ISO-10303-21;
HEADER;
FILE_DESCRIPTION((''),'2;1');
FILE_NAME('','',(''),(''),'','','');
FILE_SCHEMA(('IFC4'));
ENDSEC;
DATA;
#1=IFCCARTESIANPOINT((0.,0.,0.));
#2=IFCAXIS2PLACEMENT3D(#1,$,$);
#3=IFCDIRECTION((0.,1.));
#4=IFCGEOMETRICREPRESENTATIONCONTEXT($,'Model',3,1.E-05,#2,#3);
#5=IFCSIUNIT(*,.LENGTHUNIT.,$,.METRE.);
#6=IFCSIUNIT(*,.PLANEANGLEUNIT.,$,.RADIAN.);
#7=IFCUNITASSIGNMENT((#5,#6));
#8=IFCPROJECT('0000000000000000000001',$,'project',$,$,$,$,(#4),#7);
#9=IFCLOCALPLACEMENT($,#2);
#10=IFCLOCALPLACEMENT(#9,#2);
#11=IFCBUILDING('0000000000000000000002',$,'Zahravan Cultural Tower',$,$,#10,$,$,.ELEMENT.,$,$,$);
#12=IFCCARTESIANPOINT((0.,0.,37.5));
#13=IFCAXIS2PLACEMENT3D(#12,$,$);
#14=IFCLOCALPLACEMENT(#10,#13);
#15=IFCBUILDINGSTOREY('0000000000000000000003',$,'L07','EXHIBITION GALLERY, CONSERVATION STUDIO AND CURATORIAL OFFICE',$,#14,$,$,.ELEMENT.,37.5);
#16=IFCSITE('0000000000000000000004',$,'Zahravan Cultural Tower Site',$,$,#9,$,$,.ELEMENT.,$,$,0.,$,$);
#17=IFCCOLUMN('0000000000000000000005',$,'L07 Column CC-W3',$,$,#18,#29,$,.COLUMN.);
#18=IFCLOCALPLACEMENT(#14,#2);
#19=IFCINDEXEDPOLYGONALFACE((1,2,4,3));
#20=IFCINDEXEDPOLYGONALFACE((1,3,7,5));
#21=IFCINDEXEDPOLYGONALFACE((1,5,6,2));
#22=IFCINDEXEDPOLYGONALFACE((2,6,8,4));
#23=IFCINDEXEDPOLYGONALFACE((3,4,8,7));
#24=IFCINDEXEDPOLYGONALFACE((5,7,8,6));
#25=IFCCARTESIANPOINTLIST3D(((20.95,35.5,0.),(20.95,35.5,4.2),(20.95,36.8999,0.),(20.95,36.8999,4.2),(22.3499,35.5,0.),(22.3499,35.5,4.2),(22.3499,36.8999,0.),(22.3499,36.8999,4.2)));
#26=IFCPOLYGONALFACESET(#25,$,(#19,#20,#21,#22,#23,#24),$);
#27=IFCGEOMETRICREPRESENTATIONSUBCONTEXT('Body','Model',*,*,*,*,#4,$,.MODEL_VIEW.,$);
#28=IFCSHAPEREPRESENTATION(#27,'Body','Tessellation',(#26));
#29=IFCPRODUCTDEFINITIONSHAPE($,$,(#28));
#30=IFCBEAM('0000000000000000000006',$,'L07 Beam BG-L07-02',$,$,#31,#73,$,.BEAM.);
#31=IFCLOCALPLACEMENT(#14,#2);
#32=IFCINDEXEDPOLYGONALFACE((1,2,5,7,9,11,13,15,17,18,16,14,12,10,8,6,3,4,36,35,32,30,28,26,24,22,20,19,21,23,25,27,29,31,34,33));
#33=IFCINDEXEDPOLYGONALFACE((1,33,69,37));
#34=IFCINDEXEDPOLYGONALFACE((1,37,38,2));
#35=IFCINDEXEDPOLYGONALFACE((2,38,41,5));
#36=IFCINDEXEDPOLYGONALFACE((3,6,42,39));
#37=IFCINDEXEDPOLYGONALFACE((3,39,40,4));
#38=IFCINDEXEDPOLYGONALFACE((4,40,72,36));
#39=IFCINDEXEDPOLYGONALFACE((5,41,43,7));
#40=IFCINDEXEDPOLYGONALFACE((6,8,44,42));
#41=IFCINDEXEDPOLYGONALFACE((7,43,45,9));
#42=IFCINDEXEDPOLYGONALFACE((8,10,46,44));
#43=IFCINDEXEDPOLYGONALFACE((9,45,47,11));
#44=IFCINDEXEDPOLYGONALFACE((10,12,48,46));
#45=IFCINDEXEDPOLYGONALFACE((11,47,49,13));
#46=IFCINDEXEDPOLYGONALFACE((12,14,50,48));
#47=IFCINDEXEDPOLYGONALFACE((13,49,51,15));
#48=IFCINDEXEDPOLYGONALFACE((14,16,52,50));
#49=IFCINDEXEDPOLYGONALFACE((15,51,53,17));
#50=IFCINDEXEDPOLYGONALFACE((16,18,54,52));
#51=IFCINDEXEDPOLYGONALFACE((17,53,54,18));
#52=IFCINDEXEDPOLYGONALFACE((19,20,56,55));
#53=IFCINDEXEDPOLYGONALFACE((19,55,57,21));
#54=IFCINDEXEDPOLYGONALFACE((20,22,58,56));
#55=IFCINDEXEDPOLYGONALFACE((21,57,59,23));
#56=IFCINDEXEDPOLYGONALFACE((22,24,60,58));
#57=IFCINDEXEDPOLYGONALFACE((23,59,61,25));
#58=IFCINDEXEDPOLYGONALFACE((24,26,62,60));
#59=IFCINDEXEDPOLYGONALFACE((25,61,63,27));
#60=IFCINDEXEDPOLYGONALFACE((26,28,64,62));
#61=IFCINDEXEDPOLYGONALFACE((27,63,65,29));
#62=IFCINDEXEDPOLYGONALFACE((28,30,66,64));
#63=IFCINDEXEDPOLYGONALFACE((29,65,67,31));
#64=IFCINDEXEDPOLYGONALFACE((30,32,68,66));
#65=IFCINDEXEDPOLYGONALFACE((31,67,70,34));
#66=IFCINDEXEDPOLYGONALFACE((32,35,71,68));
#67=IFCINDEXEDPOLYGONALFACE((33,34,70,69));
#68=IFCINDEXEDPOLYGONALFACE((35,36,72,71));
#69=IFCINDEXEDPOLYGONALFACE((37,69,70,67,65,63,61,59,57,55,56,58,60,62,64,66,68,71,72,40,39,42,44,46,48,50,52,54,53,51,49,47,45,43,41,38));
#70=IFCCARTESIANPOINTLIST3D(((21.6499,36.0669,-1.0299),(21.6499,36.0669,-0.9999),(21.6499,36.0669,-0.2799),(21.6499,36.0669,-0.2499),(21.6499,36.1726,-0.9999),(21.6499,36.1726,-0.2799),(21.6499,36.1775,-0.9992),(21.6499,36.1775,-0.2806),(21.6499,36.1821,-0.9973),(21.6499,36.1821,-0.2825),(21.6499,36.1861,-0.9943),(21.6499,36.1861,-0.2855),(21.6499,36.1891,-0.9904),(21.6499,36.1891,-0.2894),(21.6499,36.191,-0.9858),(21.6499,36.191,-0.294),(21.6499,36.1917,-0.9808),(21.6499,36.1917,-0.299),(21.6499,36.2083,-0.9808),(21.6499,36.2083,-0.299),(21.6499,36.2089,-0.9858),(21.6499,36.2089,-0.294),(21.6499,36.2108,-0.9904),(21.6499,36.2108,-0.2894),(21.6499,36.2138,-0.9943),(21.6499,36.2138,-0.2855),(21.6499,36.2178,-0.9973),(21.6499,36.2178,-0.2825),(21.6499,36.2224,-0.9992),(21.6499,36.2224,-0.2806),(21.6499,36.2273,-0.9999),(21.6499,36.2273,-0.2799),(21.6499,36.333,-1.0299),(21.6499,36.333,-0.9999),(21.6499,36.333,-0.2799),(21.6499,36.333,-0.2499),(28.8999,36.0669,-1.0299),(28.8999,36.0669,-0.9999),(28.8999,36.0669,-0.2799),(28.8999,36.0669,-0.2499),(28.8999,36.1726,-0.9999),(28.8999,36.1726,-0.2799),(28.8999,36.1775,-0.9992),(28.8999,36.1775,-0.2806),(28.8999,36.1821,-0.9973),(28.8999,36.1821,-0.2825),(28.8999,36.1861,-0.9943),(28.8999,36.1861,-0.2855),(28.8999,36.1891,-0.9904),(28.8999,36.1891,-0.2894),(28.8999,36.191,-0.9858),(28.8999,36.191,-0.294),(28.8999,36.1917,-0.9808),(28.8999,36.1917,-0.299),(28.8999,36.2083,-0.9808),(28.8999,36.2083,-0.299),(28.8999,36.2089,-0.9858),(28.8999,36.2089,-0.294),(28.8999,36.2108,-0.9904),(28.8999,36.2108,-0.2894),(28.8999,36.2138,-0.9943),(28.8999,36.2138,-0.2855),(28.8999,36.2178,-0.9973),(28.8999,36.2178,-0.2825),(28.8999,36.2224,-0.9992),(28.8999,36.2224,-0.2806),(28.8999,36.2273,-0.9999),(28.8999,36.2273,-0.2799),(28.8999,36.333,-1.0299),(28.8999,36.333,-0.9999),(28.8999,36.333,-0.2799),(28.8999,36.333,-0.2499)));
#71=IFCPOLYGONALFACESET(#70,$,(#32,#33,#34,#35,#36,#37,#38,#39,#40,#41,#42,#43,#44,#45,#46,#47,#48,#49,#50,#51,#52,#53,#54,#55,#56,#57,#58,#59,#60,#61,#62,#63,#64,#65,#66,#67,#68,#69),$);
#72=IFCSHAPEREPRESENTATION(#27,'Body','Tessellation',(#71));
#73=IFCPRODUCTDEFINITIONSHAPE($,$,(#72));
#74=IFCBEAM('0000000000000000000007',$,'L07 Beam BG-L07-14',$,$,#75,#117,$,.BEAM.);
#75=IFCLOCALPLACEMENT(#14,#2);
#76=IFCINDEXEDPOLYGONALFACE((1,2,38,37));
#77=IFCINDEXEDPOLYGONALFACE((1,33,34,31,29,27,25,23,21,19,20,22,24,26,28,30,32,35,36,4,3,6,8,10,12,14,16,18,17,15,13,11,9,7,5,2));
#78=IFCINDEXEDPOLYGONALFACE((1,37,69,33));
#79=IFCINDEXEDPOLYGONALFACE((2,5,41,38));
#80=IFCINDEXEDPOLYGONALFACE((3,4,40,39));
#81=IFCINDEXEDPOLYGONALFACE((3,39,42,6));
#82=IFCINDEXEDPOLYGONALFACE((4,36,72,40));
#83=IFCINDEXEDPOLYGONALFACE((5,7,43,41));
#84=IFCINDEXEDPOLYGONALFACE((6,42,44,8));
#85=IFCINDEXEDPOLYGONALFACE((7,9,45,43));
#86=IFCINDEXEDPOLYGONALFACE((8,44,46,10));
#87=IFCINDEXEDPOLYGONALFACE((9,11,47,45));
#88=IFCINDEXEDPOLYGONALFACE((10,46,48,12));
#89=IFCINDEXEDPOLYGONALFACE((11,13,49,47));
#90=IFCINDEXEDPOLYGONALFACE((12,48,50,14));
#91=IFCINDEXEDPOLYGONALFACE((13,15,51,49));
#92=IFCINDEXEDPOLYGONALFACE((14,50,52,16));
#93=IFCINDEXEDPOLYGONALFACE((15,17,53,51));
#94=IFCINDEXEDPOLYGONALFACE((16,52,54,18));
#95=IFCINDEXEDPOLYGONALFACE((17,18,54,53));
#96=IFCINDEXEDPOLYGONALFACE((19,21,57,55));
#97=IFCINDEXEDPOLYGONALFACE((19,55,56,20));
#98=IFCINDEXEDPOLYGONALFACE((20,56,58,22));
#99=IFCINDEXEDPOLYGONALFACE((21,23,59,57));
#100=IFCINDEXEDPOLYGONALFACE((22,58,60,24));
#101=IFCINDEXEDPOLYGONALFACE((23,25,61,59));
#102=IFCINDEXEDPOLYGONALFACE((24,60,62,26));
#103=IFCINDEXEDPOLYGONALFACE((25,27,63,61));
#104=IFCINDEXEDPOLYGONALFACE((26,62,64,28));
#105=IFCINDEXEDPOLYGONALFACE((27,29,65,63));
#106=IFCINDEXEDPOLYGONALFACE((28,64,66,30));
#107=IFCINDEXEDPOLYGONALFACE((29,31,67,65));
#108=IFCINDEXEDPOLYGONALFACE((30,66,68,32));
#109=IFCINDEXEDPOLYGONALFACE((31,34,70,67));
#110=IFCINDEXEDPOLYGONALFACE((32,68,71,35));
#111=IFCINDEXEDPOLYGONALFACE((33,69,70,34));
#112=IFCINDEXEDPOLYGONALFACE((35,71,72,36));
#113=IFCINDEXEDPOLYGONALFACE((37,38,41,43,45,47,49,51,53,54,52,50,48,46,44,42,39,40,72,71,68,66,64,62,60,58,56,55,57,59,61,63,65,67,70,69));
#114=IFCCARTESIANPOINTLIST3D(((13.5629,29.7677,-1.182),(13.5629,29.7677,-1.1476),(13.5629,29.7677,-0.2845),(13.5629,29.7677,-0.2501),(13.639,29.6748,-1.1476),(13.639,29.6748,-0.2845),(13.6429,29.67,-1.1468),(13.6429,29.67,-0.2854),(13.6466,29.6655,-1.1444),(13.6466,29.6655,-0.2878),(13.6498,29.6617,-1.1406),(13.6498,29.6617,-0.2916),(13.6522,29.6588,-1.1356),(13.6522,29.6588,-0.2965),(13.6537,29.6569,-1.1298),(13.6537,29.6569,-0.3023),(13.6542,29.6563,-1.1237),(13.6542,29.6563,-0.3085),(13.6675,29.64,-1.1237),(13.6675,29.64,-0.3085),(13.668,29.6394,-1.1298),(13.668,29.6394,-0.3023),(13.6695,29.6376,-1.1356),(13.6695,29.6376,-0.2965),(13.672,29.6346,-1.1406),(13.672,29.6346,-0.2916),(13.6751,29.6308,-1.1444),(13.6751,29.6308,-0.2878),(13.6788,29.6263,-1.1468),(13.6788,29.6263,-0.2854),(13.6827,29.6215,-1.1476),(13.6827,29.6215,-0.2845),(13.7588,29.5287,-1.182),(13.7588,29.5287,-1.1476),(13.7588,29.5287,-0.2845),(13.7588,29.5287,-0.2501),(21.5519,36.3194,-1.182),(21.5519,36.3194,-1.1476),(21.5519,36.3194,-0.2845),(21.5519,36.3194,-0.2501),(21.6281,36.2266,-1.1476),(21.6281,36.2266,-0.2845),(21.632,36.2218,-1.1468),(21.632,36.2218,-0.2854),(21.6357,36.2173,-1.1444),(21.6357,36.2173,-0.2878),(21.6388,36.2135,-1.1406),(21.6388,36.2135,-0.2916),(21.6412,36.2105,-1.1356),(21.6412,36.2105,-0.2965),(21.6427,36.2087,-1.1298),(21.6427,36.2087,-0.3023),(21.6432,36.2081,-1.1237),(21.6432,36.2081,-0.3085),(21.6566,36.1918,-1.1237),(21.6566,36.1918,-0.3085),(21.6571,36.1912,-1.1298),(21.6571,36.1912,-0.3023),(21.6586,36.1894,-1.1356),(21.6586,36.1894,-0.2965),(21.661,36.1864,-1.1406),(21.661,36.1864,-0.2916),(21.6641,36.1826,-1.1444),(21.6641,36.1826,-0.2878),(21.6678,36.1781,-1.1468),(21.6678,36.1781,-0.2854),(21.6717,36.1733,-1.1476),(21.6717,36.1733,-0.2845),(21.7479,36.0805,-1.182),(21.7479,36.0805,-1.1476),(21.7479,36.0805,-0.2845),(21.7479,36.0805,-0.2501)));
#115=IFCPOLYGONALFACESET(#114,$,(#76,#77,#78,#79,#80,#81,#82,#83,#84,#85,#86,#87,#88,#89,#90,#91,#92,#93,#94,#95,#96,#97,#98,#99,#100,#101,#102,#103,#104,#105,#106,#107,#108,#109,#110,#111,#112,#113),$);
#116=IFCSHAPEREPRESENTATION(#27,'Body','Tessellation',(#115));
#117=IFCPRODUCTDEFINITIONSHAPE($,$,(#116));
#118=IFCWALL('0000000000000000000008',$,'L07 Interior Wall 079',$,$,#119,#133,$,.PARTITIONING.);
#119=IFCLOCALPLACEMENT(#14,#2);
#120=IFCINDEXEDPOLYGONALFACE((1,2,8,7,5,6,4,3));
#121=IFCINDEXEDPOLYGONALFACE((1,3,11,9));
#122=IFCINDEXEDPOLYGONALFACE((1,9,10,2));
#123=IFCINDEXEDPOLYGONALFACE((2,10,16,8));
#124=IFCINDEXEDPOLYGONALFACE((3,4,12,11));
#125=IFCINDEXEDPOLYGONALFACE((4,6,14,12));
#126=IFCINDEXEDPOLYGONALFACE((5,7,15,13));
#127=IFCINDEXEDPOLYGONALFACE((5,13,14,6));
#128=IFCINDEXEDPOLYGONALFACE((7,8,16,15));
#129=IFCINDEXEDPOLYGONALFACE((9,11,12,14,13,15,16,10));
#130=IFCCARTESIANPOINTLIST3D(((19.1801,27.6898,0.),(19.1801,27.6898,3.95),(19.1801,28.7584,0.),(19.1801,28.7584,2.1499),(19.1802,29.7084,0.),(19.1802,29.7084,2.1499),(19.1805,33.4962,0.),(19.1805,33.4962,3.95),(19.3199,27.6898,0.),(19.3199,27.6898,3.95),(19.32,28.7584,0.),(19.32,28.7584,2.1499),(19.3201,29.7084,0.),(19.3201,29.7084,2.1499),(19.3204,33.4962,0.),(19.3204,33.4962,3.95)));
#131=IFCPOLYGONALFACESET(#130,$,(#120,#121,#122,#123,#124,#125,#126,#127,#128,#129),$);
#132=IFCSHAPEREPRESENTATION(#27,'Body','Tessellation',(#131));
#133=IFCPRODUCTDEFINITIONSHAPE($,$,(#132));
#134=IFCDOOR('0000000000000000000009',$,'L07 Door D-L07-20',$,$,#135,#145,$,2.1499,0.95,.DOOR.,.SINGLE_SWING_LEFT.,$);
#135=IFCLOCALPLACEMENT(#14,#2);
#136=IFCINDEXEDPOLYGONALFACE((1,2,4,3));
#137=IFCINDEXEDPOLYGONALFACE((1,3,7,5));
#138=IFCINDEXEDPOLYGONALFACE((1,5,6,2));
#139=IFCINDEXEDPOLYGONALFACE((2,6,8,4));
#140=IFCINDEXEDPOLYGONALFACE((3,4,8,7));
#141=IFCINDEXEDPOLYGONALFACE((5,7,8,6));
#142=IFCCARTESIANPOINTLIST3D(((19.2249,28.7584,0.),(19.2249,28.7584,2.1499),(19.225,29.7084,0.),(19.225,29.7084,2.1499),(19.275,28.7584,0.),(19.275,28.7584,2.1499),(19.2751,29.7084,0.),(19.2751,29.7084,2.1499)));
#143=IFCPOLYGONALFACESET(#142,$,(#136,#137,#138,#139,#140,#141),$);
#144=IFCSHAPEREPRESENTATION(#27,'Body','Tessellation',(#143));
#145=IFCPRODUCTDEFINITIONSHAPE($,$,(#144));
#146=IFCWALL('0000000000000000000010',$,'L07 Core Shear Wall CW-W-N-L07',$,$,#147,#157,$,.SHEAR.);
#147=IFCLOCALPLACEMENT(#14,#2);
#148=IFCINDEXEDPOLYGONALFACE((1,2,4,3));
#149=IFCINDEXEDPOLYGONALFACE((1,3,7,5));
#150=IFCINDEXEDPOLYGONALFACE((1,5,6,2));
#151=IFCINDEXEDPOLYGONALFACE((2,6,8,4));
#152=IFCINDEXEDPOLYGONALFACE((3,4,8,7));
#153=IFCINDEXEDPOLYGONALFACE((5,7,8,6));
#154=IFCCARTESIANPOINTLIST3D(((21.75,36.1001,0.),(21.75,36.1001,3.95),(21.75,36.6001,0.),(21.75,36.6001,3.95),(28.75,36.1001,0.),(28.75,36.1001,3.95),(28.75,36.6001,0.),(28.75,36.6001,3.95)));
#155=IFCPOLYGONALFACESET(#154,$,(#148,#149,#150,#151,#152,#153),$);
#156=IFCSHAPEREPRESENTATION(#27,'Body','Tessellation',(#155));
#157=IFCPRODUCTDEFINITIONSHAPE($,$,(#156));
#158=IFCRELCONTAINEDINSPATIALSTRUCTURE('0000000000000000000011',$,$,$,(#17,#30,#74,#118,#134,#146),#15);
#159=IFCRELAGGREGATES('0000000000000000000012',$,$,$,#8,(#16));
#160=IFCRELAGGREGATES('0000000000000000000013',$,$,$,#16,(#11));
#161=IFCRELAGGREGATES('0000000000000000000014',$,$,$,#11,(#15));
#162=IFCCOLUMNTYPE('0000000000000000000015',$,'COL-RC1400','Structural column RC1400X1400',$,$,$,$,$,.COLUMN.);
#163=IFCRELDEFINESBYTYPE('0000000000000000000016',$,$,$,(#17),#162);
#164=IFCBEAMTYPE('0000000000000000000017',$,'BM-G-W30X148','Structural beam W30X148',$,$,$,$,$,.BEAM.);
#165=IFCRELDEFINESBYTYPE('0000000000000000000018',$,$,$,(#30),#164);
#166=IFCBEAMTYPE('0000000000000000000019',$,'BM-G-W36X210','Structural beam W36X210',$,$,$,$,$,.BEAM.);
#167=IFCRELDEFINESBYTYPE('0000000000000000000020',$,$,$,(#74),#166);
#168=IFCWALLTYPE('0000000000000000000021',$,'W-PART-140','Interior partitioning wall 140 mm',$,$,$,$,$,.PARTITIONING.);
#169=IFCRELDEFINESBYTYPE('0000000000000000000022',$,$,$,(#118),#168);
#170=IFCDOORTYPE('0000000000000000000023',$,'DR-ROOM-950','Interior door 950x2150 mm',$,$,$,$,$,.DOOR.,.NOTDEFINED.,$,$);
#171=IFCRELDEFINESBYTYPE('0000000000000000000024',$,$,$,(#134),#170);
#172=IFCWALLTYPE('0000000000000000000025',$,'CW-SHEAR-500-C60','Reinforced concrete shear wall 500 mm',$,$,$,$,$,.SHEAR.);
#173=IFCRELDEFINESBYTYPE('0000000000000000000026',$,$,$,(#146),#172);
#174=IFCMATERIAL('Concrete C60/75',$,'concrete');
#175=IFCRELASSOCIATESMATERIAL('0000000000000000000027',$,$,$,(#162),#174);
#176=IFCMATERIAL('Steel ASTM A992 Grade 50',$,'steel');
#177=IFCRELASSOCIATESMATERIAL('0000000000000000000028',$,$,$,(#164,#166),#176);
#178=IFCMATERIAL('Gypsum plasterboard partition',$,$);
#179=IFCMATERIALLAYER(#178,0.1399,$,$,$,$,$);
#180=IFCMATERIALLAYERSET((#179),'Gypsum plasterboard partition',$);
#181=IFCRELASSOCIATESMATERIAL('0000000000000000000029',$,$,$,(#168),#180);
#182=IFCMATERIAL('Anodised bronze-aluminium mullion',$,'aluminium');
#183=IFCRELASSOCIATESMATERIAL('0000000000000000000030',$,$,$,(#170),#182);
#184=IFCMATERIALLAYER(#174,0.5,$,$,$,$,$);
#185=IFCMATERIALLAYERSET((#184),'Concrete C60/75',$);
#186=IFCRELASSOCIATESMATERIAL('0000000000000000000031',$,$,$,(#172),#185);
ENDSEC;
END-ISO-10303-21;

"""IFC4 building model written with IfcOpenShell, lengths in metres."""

from ifc_helpers import new_model, si_unit, direction, frame, frame_2d, origin, origin_2d, place, context, subcontext, project, spatial, rectangle, i_section, extrude, source, transform, mapped, material, layer, layer_set, material_profile, profile_set, type_object, element, fill, save


model = new_model("IFC4")

# Units and contexts
model_context = context("Model", 3, precision=1e-05, world=origin(), true_north=direction((0.0, 1.0)))
body_context = subcontext(model_context, "Body", "Model", "MODEL_VIEW")
ifc_project = project(units=[si_unit("LENGTHUNIT", "METRE"), si_unit("PLANEANGLEUNIT", "RADIAN")], contexts=[model_context])

# Site, building, storey
site_placement = place(None, origin())
site = spatial("IfcSite", under=ifc_project, at=site_placement, Name="Zahravan Cultural Tower Site", CompositionType="ELEMENT", RefElevation=0.0)
building_placement = place(site_placement, origin())
building = spatial("IfcBuilding", under=site, at=building_placement, Name="Zahravan Cultural Tower", CompositionType="ELEMENT")
storey_placement = place(building_placement, frame((0.0, 0.0, 37.5)))
storey = spatial("IfcBuildingStorey", under=building, at=storey_placement, Name="L07", Description="EXHIBITION GALLERY, CONSERVATION STUDIO AND CURATORIAL OFFICE", CompositionType="ELEMENT", Elevation=37.5)

# Column
ifc_material_1 = material(Name="Concrete C60/75", Category="concrete")
ifc_material_profile_1 = material_profile(ifc_material_1, rectangle(XDim=1.3999, YDim=1.3999, at=origin_2d()), Name="RC1400X1400")
ifc_profile_set_1 = profile_set([ifc_material_profile_1], Name="Concrete C60/75")
column_type = type_object("IfcColumnType", Name="COL-RC1400", Description="Structural column RC1400X1400", PredefinedType="COLUMN", material=ifc_profile_set_1)
shared_shape_1 = source(origin(), body_context, "Body", "SweptSolid", [
    extrude(rectangle(XDim=1.3999, YDim=1.3999, at=origin_2d()), origin(), (0.0, 0.0, 1.0), 4.2),
])
column_placement = place(storey_placement, frame((21.6499, 36.2, 0.0), z_axis=(0.0, 0.0, 1.0), x_axis=(1.0, 0.0, 0.0)))
element("IfcColumn", 1, at=column_placement, inside=storey, type_object=column_type, Name="L07 Column CC-W3", PredefinedType="COLUMN", context=body_context, shape_type="MappedRepresentation", body=[
    mapped(shared_shape_1, transform((0.0, 0.0, 0.0), x_axis=(1.0, 0.0, 0.0), y_axis=(0.0, 1.0, 0.0), z_axis=(0.0, 0.0, 1.0), scale=1.0)),
])

# Beams
ifc_material_2 = material(Name="Steel ASTM A992 Grade 50", Category="steel")
ifc_material_profile_2 = material_profile(ifc_material_2, i_section(OverallWidth=0.2661, OverallDepth=0.78, WebThickness=0.0166, FlangeThickness=0.03, FilletRadius=0.019, at=origin_2d()), Name="W30X148")
ifc_profile_set_2 = profile_set([ifc_material_profile_2], Name="Steel ASTM A992 Grade 50")
beam_type_1 = type_object("IfcBeamType", Name="BM-G-W30X148", Description="Structural beam W30X148", PredefinedType="BEAM", material=ifc_profile_set_2)
shared_shape_2 = source(origin(), body_context, "Body", "SweptSolid", [
    extrude(i_section(OverallWidth=0.2661, OverallDepth=0.78, WebThickness=0.0166, FlangeThickness=0.03, FilletRadius=0.019, at=origin_2d()), origin(), (0.0, 0.0, 1.0), 7.25),
])
beam_1_placement = place(storey_placement, frame((21.6499, 36.2, -0.6399), z_axis=(1.0, 0.0, 0.0), x_axis=(0.0, 1.0, 0.0)))
element("IfcBeam", 2, at=beam_1_placement, inside=storey, type_object=beam_type_1, Name="L07 Beam BG-L07-02", PredefinedType="BEAM", context=body_context, shape_type="MappedRepresentation", body=[
    mapped(shared_shape_2, transform((0.0, 0.0, 0.0), x_axis=(1.0, 0.0, 0.0), y_axis=(0.0, 1.0, 0.0), z_axis=(0.0, 0.0, 1.0), scale=1.0)),
])
ifc_material_profile_3 = material_profile(ifc_material_2, i_section(OverallWidth=0.3091, OverallDepth=0.9319, WebThickness=0.021, FlangeThickness=0.0344, FilletRadius=0.0239, at=origin_2d()), Name="W36X210")
ifc_profile_set_3 = profile_set([ifc_material_profile_3], Name="Steel ASTM A992 Grade 50")
beam_type_2 = type_object("IfcBeamType", Name="BM-G-W36X210", Description="Structural beam W36X210", PredefinedType="BEAM", material=ifc_profile_set_3)
shared_shape_3 = source(origin(), body_context, "Body", "SweptSolid", [
    extrude(i_section(OverallWidth=0.3091, OverallDepth=0.9319, WebThickness=0.021, FlangeThickness=0.0344, FilletRadius=0.0239, at=origin_2d()), origin(), (0.0, 0.0, 1.0), 10.332),
])
beam_2_placement = place(storey_placement, frame((21.6499, 36.2, -0.7161), z_axis=(-0.773231, -0.634124, 0.0), x_axis=(0.634124, -0.773231, 0.0)))
element("IfcBeam", 3, at=beam_2_placement, inside=storey, type_object=beam_type_2, Name="L07 Beam BG-L07-14", PredefinedType="BEAM", context=body_context, shape_type="MappedRepresentation", body=[
    mapped(shared_shape_3, transform((0.0, 0.0, 0.0), x_axis=(1.0, 0.0, 0.0), y_axis=(0.0, 1.0, 0.0), z_axis=(0.0, 0.0, 1.0), scale=1.0)),
])

# Wall, opening, door
ifc_material_3 = material(Name="Anodised bronze-aluminium mullion", Category="aluminium")
ifc_material_4 = material(Name="Gypsum plasterboard partition")
ifc_layer_1 = layer(ifc_material_4, 0.1399)
ifc_layer_set_1 = layer_set([ifc_layer_1], Name="Gypsum plasterboard partition")
wall_type_1 = type_object("IfcWallType", Name="W-PART-140", Description="Interior partitioning wall 140 mm", PredefinedType="PARTITIONING", material=ifc_layer_set_1)
wall_1_placement = place(storey_placement, frame((19.2505, 33.4963, 0.0), z_axis=(0.0, 0.0, 1.0), x_axis=(-0.000084, -1.0, 0.0)))
wall_1 = element("IfcWall", 4, at=wall_1_placement, inside=storey, type_object=wall_type_1, Name="L07 Interior Wall 079", PredefinedType="PARTITIONING", context=body_context, shape_type="SweptSolid", body=[
    extrude(rectangle(XDim=5.8064, YDim=0.1399, at=frame_2d((2.9033, 0.0))), origin(), (0.0, 0.0, 1.0), 3.95),
])
opening_1_placement = place(wall_1_placement, frame((3.7878, 0.0, 0.0)))
opening_1 = element("IfcOpeningElement", 5, at=opening_1_placement, cuts=wall_1, PredefinedType="OPENING", context=body_context, shape_type="SweptSolid", body=[
    extrude(rectangle(XDim=0.95, YDim=2.1499, at=frame_2d((0.4751, 1.075))), frame((0.0, 0.0798, 0.0), z_axis=(0.0, -1.0, 0.0), x_axis=(1.0, 0.0, 0.0)), (0.0, 0.0, 1.0), 0.1599),
])
door_type_1 = type_object("IfcDoorType", Name="DR-ROOM-950", Description="Interior door 950x2150 mm", OperationType="NOTDEFINED", PredefinedType="DOOR", material=ifc_material_3)
shared_shape_4 = source(origin(), body_context, "Body", "SweptSolid", [
    extrude(rectangle(XDim=0.95, YDim=2.1499, at=frame_2d((0.4751, 1.075))), frame((0.0, 0.0249, 0.0), z_axis=(0.0, -1.0, 0.0), x_axis=(1.0, 0.0, 0.0)), (0.0, 0.0, 1.0), 0.05),
])
door_1_placement = place(opening_1_placement, origin())
door_1 = element("IfcDoor", 6, at=door_1_placement, inside=storey, type_object=door_type_1, Name="L07 Door D-L07-20", OperationType="SINGLE_SWING_LEFT", OverallHeight=2.1499, OverallWidth=0.95, PredefinedType="DOOR", context=body_context, shape_type="MappedRepresentation", body=[
    mapped(shared_shape_4, transform((0.0, 0.0, 0.0), x_axis=(1.0, 0.0, 0.0), y_axis=(0.0, 1.0, 0.0), z_axis=(0.0, 0.0, 1.0), scale=1.0)),
])
fill(opening_1, door_1)

# Wall
ifc_layer_2 = layer(ifc_material_1, 0.5)
ifc_layer_set_2 = layer_set([ifc_layer_2], Name="Concrete C60/75")
wall_type_2 = type_object("IfcWallType", Name="CW-SHEAR-500-C60", Description="Reinforced concrete shear wall 500 mm", PredefinedType="SHEAR", material=ifc_layer_set_2)
shared_shape_5 = source(origin(), body_context, "Body", "SweptSolid", [
    extrude(rectangle(XDim=7.0, YDim=0.5, at=frame_2d((3.5, 0.0))), origin(), (0.0, 0.0, 1.0), 3.95),
])
wall_2_placement = place(storey_placement, frame((21.75, 36.3501, 0.0), z_axis=(0.0, 0.0, 1.0), x_axis=(1.0, 0.0, 0.0)))
element("IfcWall", 7, at=wall_2_placement, inside=storey, type_object=wall_type_2, Name="L07 Core Shear Wall CW-W-N-L07", PredefinedType="SHEAR", context=body_context, shape_type="MappedRepresentation", body=[
    mapped(shared_shape_5, transform((0.0, 0.0, 0.0), x_axis=(1.0, 0.0, 0.0), y_axis=(0.0, 1.0, 0.0), z_axis=(0.0, 0.0, 1.0), scale=1.0)),
])

save(model, "model.ifc")
